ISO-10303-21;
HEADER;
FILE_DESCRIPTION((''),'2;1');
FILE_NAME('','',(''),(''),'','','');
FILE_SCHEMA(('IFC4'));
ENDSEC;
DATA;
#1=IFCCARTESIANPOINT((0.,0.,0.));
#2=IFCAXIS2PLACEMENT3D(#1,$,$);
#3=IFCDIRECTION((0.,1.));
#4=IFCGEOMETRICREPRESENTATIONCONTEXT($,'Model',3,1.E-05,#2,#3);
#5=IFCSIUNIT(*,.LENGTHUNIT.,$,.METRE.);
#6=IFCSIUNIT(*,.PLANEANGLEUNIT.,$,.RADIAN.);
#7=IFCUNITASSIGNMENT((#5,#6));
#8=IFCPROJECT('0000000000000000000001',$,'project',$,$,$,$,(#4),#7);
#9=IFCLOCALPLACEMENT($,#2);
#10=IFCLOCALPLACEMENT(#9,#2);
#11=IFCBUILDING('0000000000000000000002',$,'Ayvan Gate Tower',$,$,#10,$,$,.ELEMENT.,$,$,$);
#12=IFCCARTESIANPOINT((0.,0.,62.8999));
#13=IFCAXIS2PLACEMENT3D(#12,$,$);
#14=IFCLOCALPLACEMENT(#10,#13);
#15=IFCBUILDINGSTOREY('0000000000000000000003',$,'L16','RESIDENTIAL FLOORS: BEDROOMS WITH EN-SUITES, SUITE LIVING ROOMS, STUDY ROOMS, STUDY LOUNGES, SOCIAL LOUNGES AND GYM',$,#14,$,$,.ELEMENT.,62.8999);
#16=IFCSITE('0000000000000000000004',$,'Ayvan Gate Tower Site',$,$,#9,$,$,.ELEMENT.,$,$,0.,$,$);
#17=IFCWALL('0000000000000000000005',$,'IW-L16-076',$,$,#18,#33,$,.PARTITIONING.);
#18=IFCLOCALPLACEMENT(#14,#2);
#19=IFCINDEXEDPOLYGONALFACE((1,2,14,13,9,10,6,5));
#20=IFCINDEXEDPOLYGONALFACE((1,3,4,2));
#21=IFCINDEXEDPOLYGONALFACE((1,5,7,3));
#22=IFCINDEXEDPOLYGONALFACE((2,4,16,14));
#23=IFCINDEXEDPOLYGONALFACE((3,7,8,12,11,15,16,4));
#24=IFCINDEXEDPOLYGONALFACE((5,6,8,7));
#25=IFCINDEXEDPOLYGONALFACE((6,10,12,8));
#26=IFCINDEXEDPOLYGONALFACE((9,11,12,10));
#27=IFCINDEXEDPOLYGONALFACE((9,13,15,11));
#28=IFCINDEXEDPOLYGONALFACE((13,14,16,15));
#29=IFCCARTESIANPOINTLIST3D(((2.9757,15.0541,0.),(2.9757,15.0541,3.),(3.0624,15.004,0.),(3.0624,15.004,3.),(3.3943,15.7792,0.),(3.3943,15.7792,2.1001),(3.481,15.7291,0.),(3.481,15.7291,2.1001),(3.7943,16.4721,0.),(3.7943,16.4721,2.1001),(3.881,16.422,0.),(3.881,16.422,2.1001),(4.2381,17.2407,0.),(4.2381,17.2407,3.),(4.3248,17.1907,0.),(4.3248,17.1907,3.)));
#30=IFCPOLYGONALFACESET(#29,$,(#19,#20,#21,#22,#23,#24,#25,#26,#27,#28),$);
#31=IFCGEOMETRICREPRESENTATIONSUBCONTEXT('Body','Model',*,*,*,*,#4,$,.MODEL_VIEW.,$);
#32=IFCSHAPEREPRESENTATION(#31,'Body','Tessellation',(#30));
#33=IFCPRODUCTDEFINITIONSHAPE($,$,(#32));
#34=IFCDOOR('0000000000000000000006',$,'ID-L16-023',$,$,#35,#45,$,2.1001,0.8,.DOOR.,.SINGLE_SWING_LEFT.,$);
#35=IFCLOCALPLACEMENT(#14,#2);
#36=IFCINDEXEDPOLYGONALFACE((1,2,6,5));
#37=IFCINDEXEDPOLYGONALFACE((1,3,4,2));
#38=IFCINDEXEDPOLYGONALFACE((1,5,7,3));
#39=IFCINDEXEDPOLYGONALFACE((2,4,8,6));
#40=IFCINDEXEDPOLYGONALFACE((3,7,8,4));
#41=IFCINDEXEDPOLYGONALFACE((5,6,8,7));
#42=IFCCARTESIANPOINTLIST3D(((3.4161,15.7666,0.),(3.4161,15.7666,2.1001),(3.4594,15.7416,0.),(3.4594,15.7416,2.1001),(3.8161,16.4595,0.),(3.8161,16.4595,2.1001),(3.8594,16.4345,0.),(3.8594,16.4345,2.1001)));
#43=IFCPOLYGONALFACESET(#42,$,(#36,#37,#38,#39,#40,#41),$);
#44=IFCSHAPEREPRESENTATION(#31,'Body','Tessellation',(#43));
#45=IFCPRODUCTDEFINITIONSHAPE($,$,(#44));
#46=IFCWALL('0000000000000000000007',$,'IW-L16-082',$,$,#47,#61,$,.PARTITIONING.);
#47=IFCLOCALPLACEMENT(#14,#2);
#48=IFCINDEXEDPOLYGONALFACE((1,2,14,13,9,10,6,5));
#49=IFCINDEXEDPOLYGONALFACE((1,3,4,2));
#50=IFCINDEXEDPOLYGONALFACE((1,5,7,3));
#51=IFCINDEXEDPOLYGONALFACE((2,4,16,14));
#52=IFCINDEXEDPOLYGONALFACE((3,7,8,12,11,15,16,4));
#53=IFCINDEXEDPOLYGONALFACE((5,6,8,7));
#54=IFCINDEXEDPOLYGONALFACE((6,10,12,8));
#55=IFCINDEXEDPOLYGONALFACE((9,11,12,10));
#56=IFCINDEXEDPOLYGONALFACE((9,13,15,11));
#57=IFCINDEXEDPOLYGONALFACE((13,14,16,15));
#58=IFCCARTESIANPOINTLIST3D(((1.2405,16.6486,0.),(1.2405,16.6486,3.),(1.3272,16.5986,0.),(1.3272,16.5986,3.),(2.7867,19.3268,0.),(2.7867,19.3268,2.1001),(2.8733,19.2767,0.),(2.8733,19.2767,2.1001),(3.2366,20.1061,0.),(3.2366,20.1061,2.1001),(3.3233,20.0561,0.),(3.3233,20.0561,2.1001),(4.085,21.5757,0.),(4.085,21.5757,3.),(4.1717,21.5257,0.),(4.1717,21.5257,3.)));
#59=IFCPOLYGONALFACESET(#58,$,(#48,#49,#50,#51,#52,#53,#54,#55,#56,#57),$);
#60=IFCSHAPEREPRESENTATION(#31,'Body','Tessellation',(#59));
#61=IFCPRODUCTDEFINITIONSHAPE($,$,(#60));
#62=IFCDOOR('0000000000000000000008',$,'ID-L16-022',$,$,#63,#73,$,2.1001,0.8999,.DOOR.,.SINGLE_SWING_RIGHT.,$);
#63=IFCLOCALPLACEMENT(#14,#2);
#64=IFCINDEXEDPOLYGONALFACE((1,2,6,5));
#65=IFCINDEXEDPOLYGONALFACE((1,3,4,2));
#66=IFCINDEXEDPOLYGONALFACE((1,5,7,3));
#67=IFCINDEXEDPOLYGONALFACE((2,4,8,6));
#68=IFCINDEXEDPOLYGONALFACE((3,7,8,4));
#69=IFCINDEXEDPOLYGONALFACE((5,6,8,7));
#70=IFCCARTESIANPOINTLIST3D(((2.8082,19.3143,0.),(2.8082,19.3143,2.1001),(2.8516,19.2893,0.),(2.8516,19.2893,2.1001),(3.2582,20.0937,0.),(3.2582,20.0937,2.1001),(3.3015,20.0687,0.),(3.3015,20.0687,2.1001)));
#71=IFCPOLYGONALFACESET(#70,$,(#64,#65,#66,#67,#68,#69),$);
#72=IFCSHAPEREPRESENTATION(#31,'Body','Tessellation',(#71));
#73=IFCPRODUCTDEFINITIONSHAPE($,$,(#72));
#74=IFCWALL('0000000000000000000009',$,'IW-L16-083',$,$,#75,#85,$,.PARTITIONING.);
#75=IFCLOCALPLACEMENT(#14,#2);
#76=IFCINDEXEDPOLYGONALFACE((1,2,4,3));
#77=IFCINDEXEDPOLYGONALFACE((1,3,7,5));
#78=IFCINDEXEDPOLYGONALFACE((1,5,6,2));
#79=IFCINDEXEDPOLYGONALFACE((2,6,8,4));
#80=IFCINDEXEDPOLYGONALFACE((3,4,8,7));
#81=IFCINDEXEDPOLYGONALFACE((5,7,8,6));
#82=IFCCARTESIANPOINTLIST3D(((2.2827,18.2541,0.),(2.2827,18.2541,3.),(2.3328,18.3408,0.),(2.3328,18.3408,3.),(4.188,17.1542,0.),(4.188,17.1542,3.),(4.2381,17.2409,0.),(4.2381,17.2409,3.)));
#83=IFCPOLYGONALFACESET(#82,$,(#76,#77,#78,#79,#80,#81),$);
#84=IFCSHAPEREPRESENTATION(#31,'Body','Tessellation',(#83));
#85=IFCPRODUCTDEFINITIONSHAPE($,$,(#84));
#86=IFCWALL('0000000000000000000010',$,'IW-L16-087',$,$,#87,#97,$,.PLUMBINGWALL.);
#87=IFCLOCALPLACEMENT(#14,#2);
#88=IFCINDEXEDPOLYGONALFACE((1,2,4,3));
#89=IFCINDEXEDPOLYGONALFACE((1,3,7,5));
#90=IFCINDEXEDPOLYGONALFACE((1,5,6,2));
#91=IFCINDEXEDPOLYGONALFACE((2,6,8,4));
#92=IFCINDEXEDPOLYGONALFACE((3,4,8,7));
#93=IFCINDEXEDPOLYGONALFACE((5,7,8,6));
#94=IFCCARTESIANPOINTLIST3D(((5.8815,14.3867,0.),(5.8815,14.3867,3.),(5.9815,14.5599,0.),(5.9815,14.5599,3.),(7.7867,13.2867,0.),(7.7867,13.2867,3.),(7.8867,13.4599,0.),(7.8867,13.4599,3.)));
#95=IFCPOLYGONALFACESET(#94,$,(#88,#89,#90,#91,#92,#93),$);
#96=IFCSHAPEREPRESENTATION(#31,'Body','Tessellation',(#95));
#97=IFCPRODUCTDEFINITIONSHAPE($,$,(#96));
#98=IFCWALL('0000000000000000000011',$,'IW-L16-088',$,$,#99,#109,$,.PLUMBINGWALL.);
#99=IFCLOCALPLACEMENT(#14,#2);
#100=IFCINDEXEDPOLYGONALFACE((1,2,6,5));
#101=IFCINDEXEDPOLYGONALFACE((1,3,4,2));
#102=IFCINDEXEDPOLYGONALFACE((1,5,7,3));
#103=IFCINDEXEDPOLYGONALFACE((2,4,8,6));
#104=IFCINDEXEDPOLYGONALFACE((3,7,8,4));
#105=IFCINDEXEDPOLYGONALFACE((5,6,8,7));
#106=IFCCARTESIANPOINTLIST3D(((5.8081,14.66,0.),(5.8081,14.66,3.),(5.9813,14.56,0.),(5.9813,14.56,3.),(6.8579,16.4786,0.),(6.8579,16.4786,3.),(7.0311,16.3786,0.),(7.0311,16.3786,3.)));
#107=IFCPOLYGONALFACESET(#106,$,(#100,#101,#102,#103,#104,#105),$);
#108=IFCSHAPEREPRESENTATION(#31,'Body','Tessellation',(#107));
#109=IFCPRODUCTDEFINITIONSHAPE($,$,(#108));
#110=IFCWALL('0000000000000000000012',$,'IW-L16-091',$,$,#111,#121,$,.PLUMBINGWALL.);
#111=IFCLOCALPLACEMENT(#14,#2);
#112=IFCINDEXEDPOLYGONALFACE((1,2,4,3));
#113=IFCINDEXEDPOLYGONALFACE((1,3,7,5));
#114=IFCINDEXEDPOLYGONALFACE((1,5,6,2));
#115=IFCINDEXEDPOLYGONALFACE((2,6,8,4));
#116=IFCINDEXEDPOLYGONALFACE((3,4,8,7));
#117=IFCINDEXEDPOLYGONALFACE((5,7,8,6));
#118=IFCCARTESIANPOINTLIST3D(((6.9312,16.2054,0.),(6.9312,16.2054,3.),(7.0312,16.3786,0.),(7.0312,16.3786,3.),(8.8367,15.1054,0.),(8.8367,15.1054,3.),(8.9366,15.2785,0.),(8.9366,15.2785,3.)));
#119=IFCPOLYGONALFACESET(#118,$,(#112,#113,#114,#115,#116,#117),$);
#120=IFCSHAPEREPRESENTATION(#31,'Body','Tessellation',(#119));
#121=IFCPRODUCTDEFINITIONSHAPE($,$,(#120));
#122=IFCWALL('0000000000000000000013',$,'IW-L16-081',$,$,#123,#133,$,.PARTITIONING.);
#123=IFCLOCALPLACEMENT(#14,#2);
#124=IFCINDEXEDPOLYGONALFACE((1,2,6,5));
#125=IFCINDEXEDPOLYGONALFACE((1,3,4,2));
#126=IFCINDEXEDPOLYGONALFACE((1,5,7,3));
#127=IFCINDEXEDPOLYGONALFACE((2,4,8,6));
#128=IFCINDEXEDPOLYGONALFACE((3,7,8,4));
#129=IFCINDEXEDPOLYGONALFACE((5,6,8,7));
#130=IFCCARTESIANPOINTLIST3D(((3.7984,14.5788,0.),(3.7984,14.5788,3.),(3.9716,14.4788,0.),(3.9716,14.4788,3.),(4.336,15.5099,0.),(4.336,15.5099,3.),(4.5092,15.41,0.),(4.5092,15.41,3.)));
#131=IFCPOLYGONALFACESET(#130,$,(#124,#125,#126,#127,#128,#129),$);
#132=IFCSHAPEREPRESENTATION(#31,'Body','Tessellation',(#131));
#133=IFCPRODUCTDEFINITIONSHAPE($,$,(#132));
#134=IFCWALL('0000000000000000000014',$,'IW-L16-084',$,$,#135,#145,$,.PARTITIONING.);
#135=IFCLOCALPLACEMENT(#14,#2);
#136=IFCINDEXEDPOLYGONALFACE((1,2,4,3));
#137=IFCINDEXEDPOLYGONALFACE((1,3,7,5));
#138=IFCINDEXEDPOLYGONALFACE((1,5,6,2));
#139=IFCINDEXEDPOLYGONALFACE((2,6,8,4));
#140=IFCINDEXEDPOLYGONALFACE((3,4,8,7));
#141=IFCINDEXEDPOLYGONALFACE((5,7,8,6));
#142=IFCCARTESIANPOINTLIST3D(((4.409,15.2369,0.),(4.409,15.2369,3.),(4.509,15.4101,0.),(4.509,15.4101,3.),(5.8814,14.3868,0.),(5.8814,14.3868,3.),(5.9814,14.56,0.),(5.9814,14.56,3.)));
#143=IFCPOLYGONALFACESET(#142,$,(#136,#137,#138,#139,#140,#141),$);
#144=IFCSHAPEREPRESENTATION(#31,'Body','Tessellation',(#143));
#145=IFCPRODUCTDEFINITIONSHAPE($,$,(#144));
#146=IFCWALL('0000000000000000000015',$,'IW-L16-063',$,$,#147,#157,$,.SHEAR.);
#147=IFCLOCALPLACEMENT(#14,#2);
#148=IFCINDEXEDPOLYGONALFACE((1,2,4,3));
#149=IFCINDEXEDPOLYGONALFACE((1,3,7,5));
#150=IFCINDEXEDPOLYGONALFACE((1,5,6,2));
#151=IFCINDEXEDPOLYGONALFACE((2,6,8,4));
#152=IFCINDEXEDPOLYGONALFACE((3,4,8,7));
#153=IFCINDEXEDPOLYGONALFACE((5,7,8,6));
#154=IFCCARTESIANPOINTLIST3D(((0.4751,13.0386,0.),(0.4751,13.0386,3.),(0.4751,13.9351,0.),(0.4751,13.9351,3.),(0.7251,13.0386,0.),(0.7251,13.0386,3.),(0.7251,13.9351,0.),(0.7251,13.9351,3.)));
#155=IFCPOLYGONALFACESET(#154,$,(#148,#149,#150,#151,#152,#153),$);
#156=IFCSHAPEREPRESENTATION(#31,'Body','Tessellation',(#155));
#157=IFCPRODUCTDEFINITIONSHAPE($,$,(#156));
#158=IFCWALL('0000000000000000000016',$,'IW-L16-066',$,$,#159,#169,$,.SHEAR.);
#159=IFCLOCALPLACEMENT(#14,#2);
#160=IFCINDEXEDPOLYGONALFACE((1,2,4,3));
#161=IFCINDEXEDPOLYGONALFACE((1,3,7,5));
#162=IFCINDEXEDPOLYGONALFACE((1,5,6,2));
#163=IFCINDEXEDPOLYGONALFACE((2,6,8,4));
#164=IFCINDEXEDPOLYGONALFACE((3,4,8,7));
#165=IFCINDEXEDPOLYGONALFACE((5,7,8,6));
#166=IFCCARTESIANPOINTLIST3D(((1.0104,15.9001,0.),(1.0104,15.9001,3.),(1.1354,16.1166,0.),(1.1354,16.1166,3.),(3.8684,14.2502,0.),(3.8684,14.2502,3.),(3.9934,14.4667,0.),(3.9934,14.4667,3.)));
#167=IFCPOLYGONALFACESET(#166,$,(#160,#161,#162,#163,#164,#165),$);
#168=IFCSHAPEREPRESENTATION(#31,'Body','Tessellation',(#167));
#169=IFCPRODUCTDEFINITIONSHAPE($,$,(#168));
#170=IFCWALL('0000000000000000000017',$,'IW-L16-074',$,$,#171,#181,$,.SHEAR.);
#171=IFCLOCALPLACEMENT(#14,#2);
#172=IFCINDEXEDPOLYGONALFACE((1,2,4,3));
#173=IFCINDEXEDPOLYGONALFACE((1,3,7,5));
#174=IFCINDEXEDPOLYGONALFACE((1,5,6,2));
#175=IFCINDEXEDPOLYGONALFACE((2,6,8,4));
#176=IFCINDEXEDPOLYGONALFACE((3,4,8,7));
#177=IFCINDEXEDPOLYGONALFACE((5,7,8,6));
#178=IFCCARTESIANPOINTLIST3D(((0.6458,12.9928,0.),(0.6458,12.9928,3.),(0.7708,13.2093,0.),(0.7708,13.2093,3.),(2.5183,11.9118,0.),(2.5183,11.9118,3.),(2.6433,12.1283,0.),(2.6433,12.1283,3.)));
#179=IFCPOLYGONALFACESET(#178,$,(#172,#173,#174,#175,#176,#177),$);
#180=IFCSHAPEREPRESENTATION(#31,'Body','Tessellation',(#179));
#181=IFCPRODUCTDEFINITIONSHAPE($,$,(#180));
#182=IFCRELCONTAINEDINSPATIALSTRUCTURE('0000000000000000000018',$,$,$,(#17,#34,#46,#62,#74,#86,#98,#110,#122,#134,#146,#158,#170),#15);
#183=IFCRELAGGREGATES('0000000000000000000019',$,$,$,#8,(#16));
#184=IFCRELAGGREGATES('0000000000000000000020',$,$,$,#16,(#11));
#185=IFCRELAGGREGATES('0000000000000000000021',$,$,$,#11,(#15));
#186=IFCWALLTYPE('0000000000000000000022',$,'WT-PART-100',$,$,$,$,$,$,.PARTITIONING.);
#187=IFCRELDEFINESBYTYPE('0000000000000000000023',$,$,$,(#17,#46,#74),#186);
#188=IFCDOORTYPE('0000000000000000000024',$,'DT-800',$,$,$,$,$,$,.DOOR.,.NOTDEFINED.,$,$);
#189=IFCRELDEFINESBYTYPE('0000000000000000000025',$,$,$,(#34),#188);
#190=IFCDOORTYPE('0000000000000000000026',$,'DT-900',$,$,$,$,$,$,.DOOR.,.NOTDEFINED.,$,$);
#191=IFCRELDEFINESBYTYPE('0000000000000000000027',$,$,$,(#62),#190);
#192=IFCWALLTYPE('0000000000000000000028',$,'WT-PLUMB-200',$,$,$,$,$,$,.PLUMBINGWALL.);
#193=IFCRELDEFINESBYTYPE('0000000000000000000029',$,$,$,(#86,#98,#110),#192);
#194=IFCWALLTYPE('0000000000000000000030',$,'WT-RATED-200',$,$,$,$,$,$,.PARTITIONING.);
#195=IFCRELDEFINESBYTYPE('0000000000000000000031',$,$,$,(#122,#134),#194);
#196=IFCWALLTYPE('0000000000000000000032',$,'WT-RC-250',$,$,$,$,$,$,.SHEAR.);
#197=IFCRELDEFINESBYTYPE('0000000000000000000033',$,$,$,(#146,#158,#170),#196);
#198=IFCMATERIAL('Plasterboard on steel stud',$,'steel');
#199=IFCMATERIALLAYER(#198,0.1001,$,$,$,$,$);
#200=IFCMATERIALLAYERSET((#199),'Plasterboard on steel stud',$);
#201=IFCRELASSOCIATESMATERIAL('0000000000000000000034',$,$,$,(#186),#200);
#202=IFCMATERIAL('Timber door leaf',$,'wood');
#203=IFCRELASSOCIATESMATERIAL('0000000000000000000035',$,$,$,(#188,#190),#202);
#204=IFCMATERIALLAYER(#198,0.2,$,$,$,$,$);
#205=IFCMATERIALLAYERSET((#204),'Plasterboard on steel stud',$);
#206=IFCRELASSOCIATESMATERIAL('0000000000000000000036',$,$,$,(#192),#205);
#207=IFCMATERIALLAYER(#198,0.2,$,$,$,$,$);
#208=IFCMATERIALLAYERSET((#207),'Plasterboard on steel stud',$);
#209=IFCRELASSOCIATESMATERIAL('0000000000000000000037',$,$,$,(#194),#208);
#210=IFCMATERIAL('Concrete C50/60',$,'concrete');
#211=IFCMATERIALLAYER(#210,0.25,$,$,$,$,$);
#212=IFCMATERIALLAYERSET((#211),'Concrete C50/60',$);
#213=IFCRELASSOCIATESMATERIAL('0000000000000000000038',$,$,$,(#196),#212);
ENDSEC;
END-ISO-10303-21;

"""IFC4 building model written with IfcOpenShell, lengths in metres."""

from ifc_helpers import new_model, si_unit, direction, frame, frame_2d, origin, place, context, subcontext, project, spatial, rectangle, extrude, material, layer, layer_set, type_object, element, fill, save


model = new_model("IFC4")

# Units and contexts
model_context = context("Model", 3, precision=1e-05, world=origin(), true_north=direction((0.0, 1.0)))
body_context = subcontext(model_context, "Body", "Model", "MODEL_VIEW")
ifc_project = project(units=[si_unit("LENGTHUNIT", "METRE"), si_unit("PLANEANGLEUNIT", "RADIAN")], contexts=[model_context])

# Site, building, storey
site_placement = place(None, origin())
site = spatial("IfcSite", under=ifc_project, at=site_placement, Name="Ayvan Gate Tower Site", CompositionType="ELEMENT", RefElevation=0.0)
building_placement = place(site_placement, origin())
building = spatial("IfcBuilding", under=site, at=building_placement, Name="Ayvan Gate Tower", CompositionType="ELEMENT")
storey_placement = place(building_placement, frame((0.0, 0.0, 62.8999)))
storey = spatial("IfcBuildingStorey", under=building, at=storey_placement, Name="L16", Description="RESIDENTIAL FLOORS: BEDROOMS WITH EN-SUITES, SUITE LIVING ROOMS, STUDY ROOMS, STUDY LOUNGES, SOCIAL LOUNGES AND GYM", CompositionType="ELEMENT", Elevation=62.8999)

# Shared definitions
ifc_material_1 = material(Name="Plasterboard on steel stud", Category="steel")

# Walls, openings, doors
ifc_layer_1 = layer(ifc_material_1, 0.1001)
ifc_layer_set_1 = layer_set([ifc_layer_1], Name="Plasterboard on steel stud")
wall_type_1 = type_object("IfcWallType", Name="WT-PART-100", PredefinedType="PARTITIONING", material=ifc_layer_set_1)
wall_1_placement = place(storey_placement, frame((3.019, 15.0291, 0.0), z_axis=(0.0, 0.0, 1.0), x_axis=(0.499976, 0.866039, 0.0)))
wall_1 = element("IfcWall", 1, at=wall_1_placement, inside=storey, type_object=wall_type_1, Name="IW-L16-076", PredefinedType="PARTITIONING", context=body_context, shape_type="SweptSolid", body=[
    extrude(rectangle(XDim=2.5249, YDim=0.1001, at=frame_2d((1.2625, 0.0))), origin(), (0.0, 0.0, 1.0), 3.0),
])
opening_1_placement = place(wall_1_placement, frame((0.8374, 0.0, 0.0)))
opening_1 = element("IfcOpeningElement", 2, at=opening_1_placement, cuts=wall_1, PredefinedType="OPENING", context=body_context, shape_type="SweptSolid", body=[
    extrude(rectangle(XDim=0.8, YDim=2.1001, at=frame_2d((0.3999, 1.05))), frame((0.0, 0.0601, 0.0), z_axis=(0.0, -1.0, 0.0), x_axis=(1.0, 0.0, 0.0)), (0.0, 0.0, 1.0), 0.1201),
])
ifc_material_2 = material(Name="Timber door leaf", Category="wood")
door_type_1 = type_object("IfcDoorType", Name="DT-800", OperationType="NOTDEFINED", PredefinedType="DOOR", material=ifc_material_2)
door_1_placement = place(opening_1_placement, origin())
door_1 = element("IfcDoor", 3, at=door_1_placement, inside=storey, type_object=door_type_1, Name="ID-L16-023", OperationType="SINGLE_SWING_LEFT", OverallHeight=2.1001, OverallWidth=0.8, PredefinedType="DOOR", context=body_context, shape_type="SweptSolid", body=[
    extrude(rectangle(XDim=0.8, YDim=2.1001, at=frame_2d((0.3999, 1.05))), frame((0.0, 0.0249, 0.0), z_axis=(0.0, -1.0, 0.0), x_axis=(1.0, 0.0, 0.0)), (0.0, 0.0, 1.0), 0.05),
])
fill(opening_1, door_1)
wall_2_placement = place(storey_placement, frame((4.1284, 21.5508, 0.0), z_axis=(0.0, 0.0, 1.0), x_axis=(-0.499984, -0.866035, 0.0)))
wall_2 = element("IfcWall", 4, at=wall_2_placement, inside=storey, type_object=wall_type_1, Name="IW-L16-082", PredefinedType="PARTITIONING", context=body_context, shape_type="SweptSolid", body=[
    extrude(rectangle(XDim=5.6892, YDim=0.1001, at=frame_2d((2.8447, 0.0))), origin(), (0.0, 0.0, 1.0), 3.0),
])
opening_2_placement = place(wall_2_placement, frame((1.697, 0.0, 0.0)))
opening_2 = element("IfcOpeningElement", 5, at=opening_2_placement, cuts=wall_2, PredefinedType="OPENING", context=body_context, shape_type="SweptSolid", body=[
    extrude(rectangle(XDim=0.8999, YDim=2.1001, at=frame_2d((0.45, 1.05))), frame((0.0, 0.0601, 0.0), z_axis=(0.0, -1.0, 0.0), x_axis=(1.0, 0.0, 0.0)), (0.0, 0.0, 1.0), 0.1201),
])
door_type_2 = type_object("IfcDoorType", Name="DT-900", OperationType="NOTDEFINED", PredefinedType="DOOR", material=ifc_material_2)
door_2_placement = place(opening_2_placement, origin())
door_2 = element("IfcDoor", 6, at=door_2_placement, inside=storey, type_object=door_type_2, Name="ID-L16-022", OperationType="SINGLE_SWING_RIGHT", OverallHeight=2.1001, OverallWidth=0.8999, PredefinedType="DOOR", context=body_context, shape_type="SweptSolid", body=[
    extrude(rectangle(XDim=0.8999, YDim=2.1001, at=frame_2d((0.45, 1.05))), frame((0.0, 0.0249, 0.0), z_axis=(0.0, -1.0, 0.0), x_axis=(1.0, 0.0, 0.0)), (0.0, 0.0, 1.0), 0.05),
])
fill(opening_2, door_2)

# Walls
wall_3_placement = place(storey_placement, frame((4.2131, 17.1975, 0.0), z_axis=(0.0, 0.0, 1.0), x_axis=(-0.866056, 0.499947, 0.0)))
element("IfcWall", 7, at=wall_3_placement, inside=storey, type_object=wall_type_1, Name="IW-L16-083", PredefinedType="PARTITIONING", context=body_context, shape_type="SweptSolid", body=[
    extrude(rectangle(XDim=2.2, YDim=0.1001, at=frame_2d((1.1001, 0.0))), origin(), (0.0, 0.0, 1.0), 3.0),
])
ifc_layer_2 = layer(ifc_material_1, 0.2)
ifc_layer_set_2 = layer_set([ifc_layer_2], Name="Plasterboard on steel stud")
wall_type_2 = type_object("IfcWallType", Name="WT-PLUMB-200", PredefinedType="PLUMBINGWALL", material=ifc_layer_set_2)
wall_4_placement = place(storey_placement, frame((5.9314, 14.4734, 0.0), z_axis=(0.0, 0.0, 1.0), x_axis=(0.866008, -0.50003, 0.0)))
element("IfcWall", 8, at=wall_4_placement, inside=storey, type_object=wall_type_2, Name="IW-L16-087", PredefinedType="PLUMBINGWALL", context=body_context, shape_type="SweptSolid", body=[
    extrude(rectangle(XDim=2.2, YDim=0.2, at=frame_2d((1.1001, 0.0))), origin(), (0.0, 0.0, 1.0), 3.0),
])
wall_5_placement = place(storey_placement, frame((5.8948, 14.6101, 0.0), z_axis=(0.0, 0.0, 1.0), x_axis=(0.499941, 0.86606, 0.0)))
element("IfcWall", 9, at=wall_5_placement, inside=storey, type_object=wall_type_2, Name="IW-L16-088", PredefinedType="PLUMBINGWALL", context=body_context, shape_type="SweptSolid", body=[
    extrude(rectangle(XDim=2.0999, YDim=0.2, at=frame_2d((1.0498, 0.0))), origin(), (0.0, 0.0, 1.0), 3.0),
])
wall_6_placement = place(storey_placement, frame((6.9812, 16.292, 0.0), z_axis=(0.0, 0.0, 1.0), x_axis=(0.866036, -0.499982, 0.0)))
element("IfcWall", 10, at=wall_6_placement, inside=storey, type_object=wall_type_2, Name="IW-L16-091", PredefinedType="PLUMBINGWALL", context=body_context, shape_type="SweptSolid", body=[
    extrude(rectangle(XDim=2.2002, YDim=0.2, at=frame_2d((1.1001, 0.0))), origin(), (0.0, 0.0, 1.0), 3.0),
])
ifc_layer_3 = layer(ifc_material_1, 0.2)
ifc_layer_set_3 = layer_set([ifc_layer_3], Name="Plasterboard on steel stud")
wall_type_3 = type_object("IfcWallType", Name="WT-RATED-200", PredefinedType="PARTITIONING", material=ifc_layer_set_3)
wall_7_placement = place(storey_placement, frame((3.885, 14.5288, 0.0), z_axis=(0.0, 0.0, 1.0), x_axis=(0.499998, 0.866027, 0.0)))
element("IfcWall", 11, at=wall_7_placement, inside=storey, type_object=wall_type_3, Name="IW-L16-081", PredefinedType="PARTITIONING", context=body_context, shape_type="SweptSolid", body=[
    extrude(rectangle(XDim=1.0752, YDim=0.2, at=frame_2d((0.5376, 0.0))), origin(), (0.0, 0.0, 1.0), 3.0),
])
wall_8_placement = place(storey_placement, frame((4.459, 15.3235, 0.0), z_axis=(0.0, 0.0, 1.0), x_axis=(0.866025, -0.5, 0.0)))
element("IfcWall", 12, at=wall_8_placement, inside=storey, type_object=wall_type_3, Name="IW-L16-084", PredefinedType="PARTITIONING", context=body_context, shape_type="SweptSolid", body=[
    extrude(rectangle(XDim=1.7002, YDim=0.2, at=frame_2d((0.8501, 0.0))), origin(), (0.0, 0.0, 1.0), 3.0),
])
ifc_material_3 = material(Name="Concrete C50/60", Category="concrete")
ifc_layer_4 = layer(ifc_material_3, 0.25)
ifc_layer_set_4 = layer_set([ifc_layer_4], Name="Concrete C50/60")
wall_type_4 = type_object("IfcWallType", Name="WT-RC-250", PredefinedType="SHEAR", material=ifc_layer_set_4)
wall_9_placement = place(storey_placement, frame((0.6001, 13.0386, 0.0), z_axis=(0.0, 0.0, 1.0), x_axis=(0.0, 1.0, 0.0)))
element("IfcWall", 13, at=wall_9_placement, inside=storey, type_object=wall_type_4, Name="IW-L16-063", PredefinedType="SHEAR", context=body_context, shape_type="SweptSolid", body=[
    extrude(rectangle(XDim=0.8965, YDim=0.25, at=frame_2d((0.4482, 0.0))), origin(), (0.0, 0.0, 1.0), 3.0),
])
wall_10_placement = place(storey_placement, frame((1.073, 16.0083, 0.0), z_axis=(0.0, 0.0, 1.0), x_axis=(0.86604, -0.499974, 0.0)))
element("IfcWall", 14, at=wall_10_placement, inside=storey, type_object=wall_type_4, Name="IW-L16-066", PredefinedType="SHEAR", context=body_context, shape_type="SweptSolid", body=[
    extrude(rectangle(XDim=3.3, YDim=0.25, at=frame_2d((1.6499, 0.0))), origin(), (0.0, 0.0, 1.0), 3.0),
])
wall_11_placement = place(storey_placement, frame((2.5808, 12.02, 0.0), z_axis=(0.0, 0.0, 1.0), x_axis=(-0.866039, 0.499977, 0.0)))
element("IfcWall", 15, at=wall_11_placement, inside=storey, type_object=wall_type_4, Name="IW-L16-074", PredefinedType="SHEAR", context=body_context, shape_type="SweptSolid", body=[
    extrude(rectangle(XDim=2.1621, YDim=0.25, at=frame_2d((1.0811, 0.0))), origin(), (0.0, 0.0, 1.0), 3.0),
])

save(model, "model.ifc")
